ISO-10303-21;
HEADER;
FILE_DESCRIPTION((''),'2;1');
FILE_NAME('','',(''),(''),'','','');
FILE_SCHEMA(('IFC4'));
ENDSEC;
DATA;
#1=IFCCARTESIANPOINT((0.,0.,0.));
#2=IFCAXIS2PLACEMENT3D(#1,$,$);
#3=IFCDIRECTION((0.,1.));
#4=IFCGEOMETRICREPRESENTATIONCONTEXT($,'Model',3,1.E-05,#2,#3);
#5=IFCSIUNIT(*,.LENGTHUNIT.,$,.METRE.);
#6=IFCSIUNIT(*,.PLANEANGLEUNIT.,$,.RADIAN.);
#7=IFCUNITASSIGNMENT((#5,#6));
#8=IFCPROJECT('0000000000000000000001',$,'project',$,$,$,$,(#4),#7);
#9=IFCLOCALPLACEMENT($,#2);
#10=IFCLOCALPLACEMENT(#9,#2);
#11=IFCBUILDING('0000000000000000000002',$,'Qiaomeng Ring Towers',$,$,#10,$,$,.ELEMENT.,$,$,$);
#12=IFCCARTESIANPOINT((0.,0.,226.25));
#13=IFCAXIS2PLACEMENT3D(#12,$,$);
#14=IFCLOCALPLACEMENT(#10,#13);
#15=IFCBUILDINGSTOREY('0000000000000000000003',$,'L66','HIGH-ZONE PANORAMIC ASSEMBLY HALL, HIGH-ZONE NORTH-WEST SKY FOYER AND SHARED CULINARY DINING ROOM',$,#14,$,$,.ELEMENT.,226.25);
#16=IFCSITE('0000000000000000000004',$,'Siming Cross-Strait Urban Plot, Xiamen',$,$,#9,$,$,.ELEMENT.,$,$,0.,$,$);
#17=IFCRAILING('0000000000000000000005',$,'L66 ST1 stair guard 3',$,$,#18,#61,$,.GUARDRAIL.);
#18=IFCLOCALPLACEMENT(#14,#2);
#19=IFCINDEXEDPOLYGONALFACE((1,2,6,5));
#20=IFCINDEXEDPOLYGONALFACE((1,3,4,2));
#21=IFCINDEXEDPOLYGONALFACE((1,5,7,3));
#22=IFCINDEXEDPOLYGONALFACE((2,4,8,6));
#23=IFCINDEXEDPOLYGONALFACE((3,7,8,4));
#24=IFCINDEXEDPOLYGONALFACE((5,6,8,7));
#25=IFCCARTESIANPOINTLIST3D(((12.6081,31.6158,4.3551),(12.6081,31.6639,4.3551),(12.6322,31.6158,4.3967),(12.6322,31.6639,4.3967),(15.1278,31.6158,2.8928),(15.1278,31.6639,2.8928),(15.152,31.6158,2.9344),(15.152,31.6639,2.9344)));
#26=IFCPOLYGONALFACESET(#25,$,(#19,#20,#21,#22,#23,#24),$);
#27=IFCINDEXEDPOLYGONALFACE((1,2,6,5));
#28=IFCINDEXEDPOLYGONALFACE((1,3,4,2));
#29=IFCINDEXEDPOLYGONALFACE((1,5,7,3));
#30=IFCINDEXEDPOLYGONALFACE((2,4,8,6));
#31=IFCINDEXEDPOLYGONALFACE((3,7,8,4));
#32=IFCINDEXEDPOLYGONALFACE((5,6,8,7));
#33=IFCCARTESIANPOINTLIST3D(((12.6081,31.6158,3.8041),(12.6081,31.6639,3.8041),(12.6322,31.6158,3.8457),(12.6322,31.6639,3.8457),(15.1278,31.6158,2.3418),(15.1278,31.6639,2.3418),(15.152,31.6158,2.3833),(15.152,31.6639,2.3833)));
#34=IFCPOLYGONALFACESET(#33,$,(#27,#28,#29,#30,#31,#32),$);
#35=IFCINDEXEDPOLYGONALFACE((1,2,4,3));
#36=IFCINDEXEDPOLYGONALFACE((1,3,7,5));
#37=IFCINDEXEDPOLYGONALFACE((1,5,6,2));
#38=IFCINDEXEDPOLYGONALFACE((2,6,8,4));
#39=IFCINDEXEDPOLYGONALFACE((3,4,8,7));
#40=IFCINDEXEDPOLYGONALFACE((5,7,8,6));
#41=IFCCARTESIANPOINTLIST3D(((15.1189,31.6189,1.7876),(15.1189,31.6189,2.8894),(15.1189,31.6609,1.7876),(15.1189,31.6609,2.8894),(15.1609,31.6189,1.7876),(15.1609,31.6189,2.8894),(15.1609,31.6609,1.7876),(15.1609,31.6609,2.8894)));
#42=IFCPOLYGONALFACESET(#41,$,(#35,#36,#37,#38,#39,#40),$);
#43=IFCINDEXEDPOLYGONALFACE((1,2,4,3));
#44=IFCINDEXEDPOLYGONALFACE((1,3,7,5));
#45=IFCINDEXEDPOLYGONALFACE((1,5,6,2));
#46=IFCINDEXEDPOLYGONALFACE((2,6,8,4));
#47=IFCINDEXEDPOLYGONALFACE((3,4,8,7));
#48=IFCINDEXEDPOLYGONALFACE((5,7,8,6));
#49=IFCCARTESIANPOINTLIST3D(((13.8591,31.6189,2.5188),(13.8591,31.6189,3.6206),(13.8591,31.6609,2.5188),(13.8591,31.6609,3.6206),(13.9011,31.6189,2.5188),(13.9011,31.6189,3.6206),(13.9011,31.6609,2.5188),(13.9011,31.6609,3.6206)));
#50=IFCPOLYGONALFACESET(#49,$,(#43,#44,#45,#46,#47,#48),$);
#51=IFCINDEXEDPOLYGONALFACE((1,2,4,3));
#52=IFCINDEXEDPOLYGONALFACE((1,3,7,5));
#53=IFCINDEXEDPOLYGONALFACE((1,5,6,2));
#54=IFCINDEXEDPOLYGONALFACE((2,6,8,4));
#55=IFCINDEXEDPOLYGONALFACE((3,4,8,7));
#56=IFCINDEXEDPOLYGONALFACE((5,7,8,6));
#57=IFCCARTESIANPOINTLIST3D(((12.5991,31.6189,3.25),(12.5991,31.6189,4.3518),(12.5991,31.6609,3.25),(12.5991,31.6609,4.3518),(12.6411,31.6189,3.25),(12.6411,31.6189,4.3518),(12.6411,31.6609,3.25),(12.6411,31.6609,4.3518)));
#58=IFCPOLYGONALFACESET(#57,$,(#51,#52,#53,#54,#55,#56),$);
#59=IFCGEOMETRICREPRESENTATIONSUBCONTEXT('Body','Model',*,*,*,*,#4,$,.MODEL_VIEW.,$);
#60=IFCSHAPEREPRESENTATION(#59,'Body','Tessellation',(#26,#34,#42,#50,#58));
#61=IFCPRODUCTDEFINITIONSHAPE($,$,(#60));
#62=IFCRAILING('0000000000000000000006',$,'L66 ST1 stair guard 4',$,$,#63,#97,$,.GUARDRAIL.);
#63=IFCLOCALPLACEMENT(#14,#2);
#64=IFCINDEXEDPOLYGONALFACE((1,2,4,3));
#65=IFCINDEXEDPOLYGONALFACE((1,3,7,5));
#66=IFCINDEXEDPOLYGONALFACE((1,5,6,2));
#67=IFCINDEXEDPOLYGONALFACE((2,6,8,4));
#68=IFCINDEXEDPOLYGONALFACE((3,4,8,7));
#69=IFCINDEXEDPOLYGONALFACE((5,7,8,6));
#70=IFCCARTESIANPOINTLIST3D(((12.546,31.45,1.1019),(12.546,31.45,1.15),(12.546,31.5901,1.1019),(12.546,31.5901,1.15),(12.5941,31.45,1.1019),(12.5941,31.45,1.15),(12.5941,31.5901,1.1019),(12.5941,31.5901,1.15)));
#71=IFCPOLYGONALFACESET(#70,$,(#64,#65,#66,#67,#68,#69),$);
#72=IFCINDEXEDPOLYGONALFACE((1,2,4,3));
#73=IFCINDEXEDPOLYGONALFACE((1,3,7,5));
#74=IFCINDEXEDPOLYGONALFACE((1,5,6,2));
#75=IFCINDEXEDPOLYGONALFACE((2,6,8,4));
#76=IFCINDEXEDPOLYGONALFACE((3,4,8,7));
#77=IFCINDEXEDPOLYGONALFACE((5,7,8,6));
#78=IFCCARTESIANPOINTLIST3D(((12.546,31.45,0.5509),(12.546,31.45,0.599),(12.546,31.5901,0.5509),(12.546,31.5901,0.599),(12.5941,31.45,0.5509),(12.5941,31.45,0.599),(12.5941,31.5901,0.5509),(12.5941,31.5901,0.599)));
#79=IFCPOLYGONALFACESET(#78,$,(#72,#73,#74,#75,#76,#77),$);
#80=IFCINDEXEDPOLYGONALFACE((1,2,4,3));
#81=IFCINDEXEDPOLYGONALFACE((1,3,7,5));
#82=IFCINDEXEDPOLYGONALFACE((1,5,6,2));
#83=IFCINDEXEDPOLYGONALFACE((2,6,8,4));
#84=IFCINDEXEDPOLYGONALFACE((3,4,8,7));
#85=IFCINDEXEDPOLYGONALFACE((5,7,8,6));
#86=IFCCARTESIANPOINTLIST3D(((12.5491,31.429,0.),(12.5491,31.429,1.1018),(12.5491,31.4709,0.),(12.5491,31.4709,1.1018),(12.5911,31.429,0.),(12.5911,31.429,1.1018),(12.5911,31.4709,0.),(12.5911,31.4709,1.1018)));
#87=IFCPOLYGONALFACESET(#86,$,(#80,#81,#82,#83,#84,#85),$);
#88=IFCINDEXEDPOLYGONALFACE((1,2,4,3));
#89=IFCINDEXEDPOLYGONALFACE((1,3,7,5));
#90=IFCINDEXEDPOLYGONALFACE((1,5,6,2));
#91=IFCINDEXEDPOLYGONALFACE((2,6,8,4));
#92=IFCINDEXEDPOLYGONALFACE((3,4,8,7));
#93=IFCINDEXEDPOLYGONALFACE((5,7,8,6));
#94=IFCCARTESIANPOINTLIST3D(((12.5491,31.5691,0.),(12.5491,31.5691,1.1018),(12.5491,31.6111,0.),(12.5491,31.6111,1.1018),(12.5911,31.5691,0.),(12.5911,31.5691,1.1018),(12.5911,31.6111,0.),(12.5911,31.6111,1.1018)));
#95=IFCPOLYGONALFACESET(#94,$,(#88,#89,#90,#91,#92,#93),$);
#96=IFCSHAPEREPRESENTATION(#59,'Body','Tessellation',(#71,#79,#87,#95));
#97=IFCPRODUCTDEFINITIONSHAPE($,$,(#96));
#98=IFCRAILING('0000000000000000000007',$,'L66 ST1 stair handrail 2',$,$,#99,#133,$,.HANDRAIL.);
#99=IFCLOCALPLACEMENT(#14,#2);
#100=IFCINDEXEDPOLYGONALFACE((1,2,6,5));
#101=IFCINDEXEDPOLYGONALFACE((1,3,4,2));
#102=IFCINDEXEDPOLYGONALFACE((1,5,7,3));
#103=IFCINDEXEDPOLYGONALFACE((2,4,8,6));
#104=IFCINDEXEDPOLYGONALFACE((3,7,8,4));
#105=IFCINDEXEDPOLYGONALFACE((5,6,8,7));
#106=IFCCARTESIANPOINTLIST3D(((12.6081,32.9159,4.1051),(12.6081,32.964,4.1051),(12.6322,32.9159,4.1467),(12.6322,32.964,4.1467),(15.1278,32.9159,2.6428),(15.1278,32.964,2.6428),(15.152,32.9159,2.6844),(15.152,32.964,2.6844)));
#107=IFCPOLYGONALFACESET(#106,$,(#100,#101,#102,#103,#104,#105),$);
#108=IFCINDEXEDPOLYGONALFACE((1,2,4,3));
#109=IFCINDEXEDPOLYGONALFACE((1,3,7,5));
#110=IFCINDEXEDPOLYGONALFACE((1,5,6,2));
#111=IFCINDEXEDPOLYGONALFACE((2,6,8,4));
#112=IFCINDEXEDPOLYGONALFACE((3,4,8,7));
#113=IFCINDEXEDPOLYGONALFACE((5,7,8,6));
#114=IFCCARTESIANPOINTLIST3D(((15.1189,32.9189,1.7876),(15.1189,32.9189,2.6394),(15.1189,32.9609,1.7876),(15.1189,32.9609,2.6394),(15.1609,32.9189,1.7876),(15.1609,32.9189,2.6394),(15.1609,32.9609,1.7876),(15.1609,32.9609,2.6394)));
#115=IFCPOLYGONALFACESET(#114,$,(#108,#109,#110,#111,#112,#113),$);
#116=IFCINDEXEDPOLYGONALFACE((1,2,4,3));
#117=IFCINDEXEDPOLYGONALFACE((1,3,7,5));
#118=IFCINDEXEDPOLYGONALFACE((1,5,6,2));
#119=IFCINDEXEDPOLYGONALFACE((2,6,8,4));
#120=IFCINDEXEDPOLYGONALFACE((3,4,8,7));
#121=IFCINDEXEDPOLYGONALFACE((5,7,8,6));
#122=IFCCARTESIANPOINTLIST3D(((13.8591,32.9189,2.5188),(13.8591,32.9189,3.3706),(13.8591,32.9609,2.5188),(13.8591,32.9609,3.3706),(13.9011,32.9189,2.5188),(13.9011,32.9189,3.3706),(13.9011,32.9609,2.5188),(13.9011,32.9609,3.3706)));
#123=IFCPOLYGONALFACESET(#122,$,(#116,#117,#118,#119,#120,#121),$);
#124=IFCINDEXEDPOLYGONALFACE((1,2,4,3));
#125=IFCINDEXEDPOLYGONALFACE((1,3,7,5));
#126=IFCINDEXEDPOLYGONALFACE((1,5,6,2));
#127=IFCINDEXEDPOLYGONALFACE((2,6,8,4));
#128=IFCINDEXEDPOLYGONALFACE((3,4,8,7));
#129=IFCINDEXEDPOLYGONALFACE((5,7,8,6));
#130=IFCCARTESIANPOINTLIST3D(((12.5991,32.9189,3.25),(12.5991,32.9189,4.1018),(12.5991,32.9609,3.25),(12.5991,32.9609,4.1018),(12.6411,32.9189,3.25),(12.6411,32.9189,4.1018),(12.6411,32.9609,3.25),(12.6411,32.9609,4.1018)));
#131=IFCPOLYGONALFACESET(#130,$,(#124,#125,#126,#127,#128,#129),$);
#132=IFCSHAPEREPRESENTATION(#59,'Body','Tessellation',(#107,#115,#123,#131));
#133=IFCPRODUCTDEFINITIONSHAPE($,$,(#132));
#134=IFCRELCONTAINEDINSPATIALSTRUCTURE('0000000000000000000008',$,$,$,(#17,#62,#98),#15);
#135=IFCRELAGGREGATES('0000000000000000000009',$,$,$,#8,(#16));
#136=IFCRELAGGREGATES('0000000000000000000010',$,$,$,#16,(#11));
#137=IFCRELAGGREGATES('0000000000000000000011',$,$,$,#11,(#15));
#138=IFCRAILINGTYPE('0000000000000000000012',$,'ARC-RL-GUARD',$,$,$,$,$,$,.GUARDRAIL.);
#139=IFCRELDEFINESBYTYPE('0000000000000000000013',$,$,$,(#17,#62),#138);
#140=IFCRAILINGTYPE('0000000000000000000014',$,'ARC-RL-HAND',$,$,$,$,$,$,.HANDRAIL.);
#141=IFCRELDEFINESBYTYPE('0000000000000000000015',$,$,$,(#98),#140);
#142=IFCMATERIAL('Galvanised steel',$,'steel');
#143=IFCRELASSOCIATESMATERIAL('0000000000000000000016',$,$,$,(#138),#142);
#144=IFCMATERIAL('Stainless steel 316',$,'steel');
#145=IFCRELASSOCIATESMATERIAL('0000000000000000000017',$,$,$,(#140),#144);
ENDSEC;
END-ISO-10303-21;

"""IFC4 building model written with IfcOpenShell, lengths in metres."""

from ifc_helpers import new_model, si_unit, direction, frame, origin, origin_2d, place, context, subcontext, project, spatial, rectangle, extrude, material, type_object, element, save


model = new_model("IFC4")

# Units and contexts
model_context = context("Model", 3, precision=1e-05, world=origin(), true_north=direction((0.0, 1.0)))
body_context = subcontext(model_context, "Body", "Model", "MODEL_VIEW")
ifc_project = project(units=[si_unit("LENGTHUNIT", "METRE"), si_unit("PLANEANGLEUNIT", "RADIAN")], contexts=[model_context])

# Site, building, storey
site_placement = place(None, origin())
site = spatial("IfcSite", under=ifc_project, at=site_placement, Name="Siming Cross-Strait Urban Plot, Xiamen", CompositionType="ELEMENT", RefElevation=0.0)
building_placement = place(site_placement, origin())
building = spatial("IfcBuilding", under=site, at=building_placement, Name="Qiaomeng Ring Towers", CompositionType="ELEMENT")
storey_placement = place(building_placement, frame((0.0, 0.0, 226.25)))
storey = spatial("IfcBuildingStorey", under=building, at=storey_placement, Name="L66", Description="HIGH-ZONE PANORAMIC ASSEMBLY HALL, HIGH-ZONE NORTH-WEST SKY FOYER AND SHARED CULINARY DINING ROOM", CompositionType="ELEMENT", Elevation=226.25)

# Shared definitions
ifc_material_1 = material(Name="Galvanised steel", Category="steel")

# Railings
railing_type_1 = type_object("IfcRailingType", Name="ARC-RL-GUARD", PredefinedType="GUARDRAIL", material=ifc_material_1)
railing_1_placement = place(storey_placement, frame((15.1399, 31.6399, 1.7876)))
element("IfcRailing", 1, at=railing_1_placement, inside=storey, type_object=railing_type_1, Name="L66 ST1 stair guard 3", PredefinedType="GUARDRAIL", context=body_context, shape_type="SweptSolid", body=[
    extrude(rectangle(XDim=0.0481, YDim=0.0481, at=origin_2d()), frame((0.0, 0.0, 1.126), z_axis=(-0.864892, 0.0, 0.501958), x_axis=(0.0, -1.0, 0.0)), (0.0, 0.0, 1.0), 2.9133),
    extrude(rectangle(XDim=0.0481, YDim=0.0481, at=origin_2d()), frame((0.0, 0.0, 0.575), z_axis=(-0.864892, 0.0, 0.501958), x_axis=(0.0, -1.0, 0.0)), (0.0, 0.0, 1.0), 2.9133),
    extrude(rectangle(XDim=0.042, YDim=0.042, at=origin_2d()), origin(), (0.0, 0.0, 1.0), 1.1018),
    extrude(rectangle(XDim=0.042, YDim=0.042, at=origin_2d()), frame((-1.2598, 0.0, 0.7312)), (0.0, 0.0, 1.0), 1.1018),
    extrude(rectangle(XDim=0.042, YDim=0.042, at=origin_2d()), frame((-2.5198, 0.0, 1.4624)), (0.0, 0.0, 1.0), 1.1018),
])
railing_2_placement = place(storey_placement, frame((12.5701, 31.45, 0.0)))
element("IfcRailing", 2, at=railing_2_placement, inside=storey, type_object=railing_type_1, Name="L66 ST1 stair guard 4", PredefinedType="GUARDRAIL", context=body_context, shape_type="SweptSolid", body=[
    extrude(rectangle(XDim=0.0481, YDim=0.0481, at=origin_2d()), frame((0.0, 0.0, 1.126), z_axis=(0.0, 1.0, 0.0), x_axis=(-1.0, 0.0, 0.0)), (0.0, 0.0, 1.0), 0.1401),
    extrude(rectangle(XDim=0.0481, YDim=0.0481, at=origin_2d()), frame((0.0, 0.0, 0.575), z_axis=(0.0, 1.0, 0.0), x_axis=(-1.0, 0.0, 0.0)), (0.0, 0.0, 1.0), 0.1401),
    extrude(rectangle(XDim=0.042, YDim=0.042, at=origin_2d()), origin(), (0.0, 0.0, 1.0), 1.1018),
    extrude(rectangle(XDim=0.042, YDim=0.042, at=origin_2d()), frame((0.0, 0.1401, 0.0)), (0.0, 0.0, 1.0), 1.1018),
])
ifc_material_2 = material(Name="Stainless steel 316", Category="steel")
railing_type_2 = type_object("IfcRailingType", Name="ARC-RL-HAND", PredefinedType="HANDRAIL", material=ifc_material_2)
railing_3_placement = place(storey_placement, frame((15.1399, 32.9399, 1.7876)))
element("IfcRailing", 3, at=railing_3_placement, inside=storey, type_object=railing_type_2, Name="L66 ST1 stair handrail 2", PredefinedType="HANDRAIL", context=body_context, shape_type="SweptSolid", body=[
    extrude(rectangle(XDim=0.0481, YDim=0.0481, at=origin_2d()), frame((0.0, 0.0, 0.876), z_axis=(-0.864892, 0.0, 0.501958), x_axis=(0.0, -1.0, 0.0)), (0.0, 0.0, 1.0), 2.9133),
    extrude(rectangle(XDim=0.042, YDim=0.042, at=origin_2d()), origin(), (0.0, 0.0, 1.0), 0.8518),
    extrude(rectangle(XDim=0.042, YDim=0.042, at=origin_2d()), frame((-1.2598, 0.0, 0.7312)), (0.0, 0.0, 1.0), 0.8518),
    extrude(rectangle(XDim=0.042, YDim=0.042, at=origin_2d()), frame((-2.5198, 0.0, 1.4624)), (0.0, 0.0, 1.0), 0.8518),
])

save(model, "model.ifc")
